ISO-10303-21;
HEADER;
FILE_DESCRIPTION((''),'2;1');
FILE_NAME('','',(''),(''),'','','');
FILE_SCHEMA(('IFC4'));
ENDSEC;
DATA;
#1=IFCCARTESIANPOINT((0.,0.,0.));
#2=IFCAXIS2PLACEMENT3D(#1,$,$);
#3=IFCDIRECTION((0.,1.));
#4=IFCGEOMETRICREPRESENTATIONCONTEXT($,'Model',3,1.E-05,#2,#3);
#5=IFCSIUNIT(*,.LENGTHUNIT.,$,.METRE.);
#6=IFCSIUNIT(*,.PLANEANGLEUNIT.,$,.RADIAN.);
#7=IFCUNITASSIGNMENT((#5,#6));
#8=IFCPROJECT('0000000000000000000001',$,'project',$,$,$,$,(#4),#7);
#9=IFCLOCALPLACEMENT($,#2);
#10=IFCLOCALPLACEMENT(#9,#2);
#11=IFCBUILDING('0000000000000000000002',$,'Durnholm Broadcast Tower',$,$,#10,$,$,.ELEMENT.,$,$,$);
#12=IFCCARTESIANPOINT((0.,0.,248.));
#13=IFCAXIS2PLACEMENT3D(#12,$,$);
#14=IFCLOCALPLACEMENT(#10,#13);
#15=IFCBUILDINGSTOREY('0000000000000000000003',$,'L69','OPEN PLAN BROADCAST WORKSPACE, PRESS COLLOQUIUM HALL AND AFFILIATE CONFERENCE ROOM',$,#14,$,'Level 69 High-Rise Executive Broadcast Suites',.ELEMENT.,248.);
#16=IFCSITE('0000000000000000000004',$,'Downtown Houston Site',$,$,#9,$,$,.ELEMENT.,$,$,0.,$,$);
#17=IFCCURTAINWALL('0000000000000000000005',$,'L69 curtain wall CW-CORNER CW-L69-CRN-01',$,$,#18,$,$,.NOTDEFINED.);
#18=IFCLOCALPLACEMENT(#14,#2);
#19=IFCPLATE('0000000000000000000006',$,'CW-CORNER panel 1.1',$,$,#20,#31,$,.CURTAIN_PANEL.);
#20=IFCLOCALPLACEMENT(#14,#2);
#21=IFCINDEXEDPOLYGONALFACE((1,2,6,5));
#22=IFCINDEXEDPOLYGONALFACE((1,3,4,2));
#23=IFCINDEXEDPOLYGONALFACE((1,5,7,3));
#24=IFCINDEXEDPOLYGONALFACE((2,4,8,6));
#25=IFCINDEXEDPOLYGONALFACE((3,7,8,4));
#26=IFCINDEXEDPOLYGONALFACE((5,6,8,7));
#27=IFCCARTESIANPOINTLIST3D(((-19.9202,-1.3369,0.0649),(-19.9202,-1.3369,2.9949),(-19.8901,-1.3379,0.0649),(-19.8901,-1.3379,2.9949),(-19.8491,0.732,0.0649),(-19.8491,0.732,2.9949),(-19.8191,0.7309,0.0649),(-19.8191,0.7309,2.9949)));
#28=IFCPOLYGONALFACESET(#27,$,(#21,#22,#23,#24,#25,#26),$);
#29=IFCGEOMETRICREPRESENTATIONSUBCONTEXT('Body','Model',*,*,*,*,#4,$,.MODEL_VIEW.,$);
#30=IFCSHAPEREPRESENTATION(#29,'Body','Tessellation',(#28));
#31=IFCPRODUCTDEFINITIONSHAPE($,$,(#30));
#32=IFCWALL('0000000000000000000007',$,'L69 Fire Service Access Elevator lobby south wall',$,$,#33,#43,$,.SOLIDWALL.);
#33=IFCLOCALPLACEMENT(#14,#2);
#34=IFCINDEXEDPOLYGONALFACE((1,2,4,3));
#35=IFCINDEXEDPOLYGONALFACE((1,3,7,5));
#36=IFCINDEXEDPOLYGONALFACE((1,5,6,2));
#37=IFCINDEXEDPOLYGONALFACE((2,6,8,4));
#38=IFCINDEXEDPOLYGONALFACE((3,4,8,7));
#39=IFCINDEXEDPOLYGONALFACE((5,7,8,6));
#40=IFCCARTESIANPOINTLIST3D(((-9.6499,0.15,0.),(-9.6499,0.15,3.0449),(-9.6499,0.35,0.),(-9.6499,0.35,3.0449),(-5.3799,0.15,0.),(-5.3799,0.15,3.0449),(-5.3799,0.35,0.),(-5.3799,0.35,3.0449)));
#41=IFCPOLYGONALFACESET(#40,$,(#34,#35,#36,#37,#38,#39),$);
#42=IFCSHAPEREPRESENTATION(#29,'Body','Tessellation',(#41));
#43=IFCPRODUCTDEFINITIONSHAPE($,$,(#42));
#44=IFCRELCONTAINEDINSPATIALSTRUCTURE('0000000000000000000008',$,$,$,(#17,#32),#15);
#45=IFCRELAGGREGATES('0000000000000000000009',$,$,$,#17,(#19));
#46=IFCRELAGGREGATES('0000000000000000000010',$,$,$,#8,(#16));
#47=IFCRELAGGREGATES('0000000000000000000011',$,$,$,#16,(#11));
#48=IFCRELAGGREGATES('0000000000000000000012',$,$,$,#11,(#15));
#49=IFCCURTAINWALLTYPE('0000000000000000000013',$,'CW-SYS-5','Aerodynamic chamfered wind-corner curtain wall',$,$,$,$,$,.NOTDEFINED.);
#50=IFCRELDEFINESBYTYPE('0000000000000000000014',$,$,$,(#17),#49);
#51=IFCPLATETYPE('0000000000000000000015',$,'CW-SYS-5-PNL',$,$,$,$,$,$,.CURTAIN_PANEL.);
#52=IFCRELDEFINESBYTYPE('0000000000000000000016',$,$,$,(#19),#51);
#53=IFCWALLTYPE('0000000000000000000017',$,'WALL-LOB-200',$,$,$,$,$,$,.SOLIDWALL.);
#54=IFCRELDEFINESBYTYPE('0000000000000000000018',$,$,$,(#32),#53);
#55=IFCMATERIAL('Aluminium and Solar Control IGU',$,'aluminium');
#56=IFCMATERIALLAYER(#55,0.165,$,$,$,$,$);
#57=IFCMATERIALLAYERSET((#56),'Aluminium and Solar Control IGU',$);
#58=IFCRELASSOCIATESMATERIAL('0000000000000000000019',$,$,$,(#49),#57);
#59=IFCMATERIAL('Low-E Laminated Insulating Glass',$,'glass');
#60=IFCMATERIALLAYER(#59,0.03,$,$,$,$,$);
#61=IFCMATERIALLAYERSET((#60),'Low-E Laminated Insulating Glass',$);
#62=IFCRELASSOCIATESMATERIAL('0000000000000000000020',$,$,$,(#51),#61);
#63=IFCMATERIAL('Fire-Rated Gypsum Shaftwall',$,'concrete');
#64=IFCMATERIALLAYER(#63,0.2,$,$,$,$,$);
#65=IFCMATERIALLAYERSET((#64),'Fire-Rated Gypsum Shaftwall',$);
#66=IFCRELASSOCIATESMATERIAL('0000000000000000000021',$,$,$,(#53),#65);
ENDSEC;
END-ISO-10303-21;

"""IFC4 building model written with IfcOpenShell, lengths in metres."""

from ifc_helpers import new_model, si_unit, direction, frame, frame_2d, origin, origin_2d, place, context, subcontext, project, spatial, rectangle, extrude, source, transform, mapped, material, layer, layer_set, type_object, type_shapes, element, aggregate, save


model = new_model("IFC4")

# Units and contexts
model_context = context("Model", 3, precision=1e-05, world=origin(), true_north=direction((0.0, 1.0)))
body_context = subcontext(model_context, "Body", "Model", "MODEL_VIEW")
ifc_project = project(units=[si_unit("LENGTHUNIT", "METRE"), si_unit("PLANEANGLEUNIT", "RADIAN")], contexts=[model_context])

# Site, building, storey
site_placement = place(None, origin())
site = spatial("IfcSite", under=ifc_project, at=site_placement, Name="Downtown Houston Site", CompositionType="ELEMENT", RefElevation=0.0)
building_placement = place(site_placement, origin())
building = spatial("IfcBuilding", under=site, at=building_placement, Name="Durnholm Broadcast Tower", CompositionType="ELEMENT")
storey_placement = place(building_placement, frame((0.0, 0.0, 248.0)))
storey = spatial("IfcBuildingStorey", under=building, at=storey_placement, Name="L69", Description="OPEN PLAN BROADCAST WORKSPACE, PRESS COLLOQUIUM HALL AND AFFILIATE CONFERENCE ROOM", LongName="Level 69 High-Rise Executive Broadcast Suites", CompositionType="ELEMENT", Elevation=248.0)

# Curtain wall
ifc_material_1 = material(Name="Aluminium and Solar Control IGU", Category="aluminium")
ifc_layer_1 = layer(ifc_material_1, 0.165)
ifc_layer_set_1 = layer_set([ifc_layer_1], Name="Aluminium and Solar Control IGU")
curtain_wall_type_1 = type_object("IfcCurtainWallType", Name="CW-SYS-5", Description="Aerodynamic chamfered wind-corner curtain wall", PredefinedType="NOTDEFINED", material=ifc_layer_set_1)
curtain_wall_1_placement = place(storey_placement, origin())
curtain_wall_1 = element("IfcCurtainWall", 1, at=curtain_wall_1_placement, inside=storey, type_object=curtain_wall_type_1, Name="L69 curtain wall CW-CORNER CW-L69-CRN-01", PredefinedType="NOTDEFINED")

# Plate
ifc_material_2 = material(Name="Low-E Laminated Insulating Glass", Category="glass")
ifc_layer_2 = layer(ifc_material_2, 0.03)
ifc_layer_set_2 = layer_set([ifc_layer_2], Name="Low-E Laminated Insulating Glass")
plate_type_1 = type_object("IfcPlateType", Name="CW-SYS-5-PNL", PredefinedType="CURTAIN_PANEL", material=ifc_layer_set_2)
shared_shape_1 = source(origin(), body_context, "Body", "SweptSolid", [
    extrude(rectangle(XDim=2.0701, YDim=0.03, at=origin_2d()), origin(), (0.0, 0.0, 1.0), 2.9299),
])
type_shapes(plate_type_1, [shared_shape_1])
plate_1_placement = place(storey_placement, frame((-19.8696, -0.303, 0.0649), z_axis=(0.0, 0.0, 1.0), x_axis=(0.034318, 0.999411, 0.0)))
plate_1 = element("IfcPlate", 2, at=plate_1_placement, type_object=plate_type_1, Name="CW-CORNER panel 1.1", PredefinedType="CURTAIN_PANEL", context=body_context, shape_type="MappedRepresentation", body=[
    mapped(shared_shape_1, transform((0.0, 0.0, 0.0), x_axis=(1.0, 0.0, 0.0), y_axis=(0.0, 1.0, 0.0), z_axis=(0.0, 0.0, 1.0), scale=1.0)),
])
aggregate(curtain_wall_1, [plate_1])

# Wall
ifc_material_3 = material(Name="Fire-Rated Gypsum Shaftwall", Category="concrete")
ifc_layer_3 = layer(ifc_material_3, 0.2)
ifc_layer_set_3 = layer_set([ifc_layer_3], Name="Fire-Rated Gypsum Shaftwall")
wall_type = type_object("IfcWallType", Name="WALL-LOB-200", PredefinedType="SOLIDWALL", material=ifc_layer_set_3)
wall_placement = place(storey_placement, frame((-9.6499, 0.25, 0.0), z_axis=(0.0, 0.0, 1.0), x_axis=(1.0, 0.0, 0.0)))
element("IfcWall", 3, at=wall_placement, inside=storey, type_object=wall_type, Name="L69 Fire Service Access Elevator lobby south wall", PredefinedType="SOLIDWALL", context=body_context, shape_type="SweptSolid", body=[
    extrude(rectangle(XDim=4.27, YDim=0.2, at=frame_2d((2.135, 0.0))), origin(), (0.0, 0.0, 1.0), 3.0449),
])

save(model, "model.ifc")
